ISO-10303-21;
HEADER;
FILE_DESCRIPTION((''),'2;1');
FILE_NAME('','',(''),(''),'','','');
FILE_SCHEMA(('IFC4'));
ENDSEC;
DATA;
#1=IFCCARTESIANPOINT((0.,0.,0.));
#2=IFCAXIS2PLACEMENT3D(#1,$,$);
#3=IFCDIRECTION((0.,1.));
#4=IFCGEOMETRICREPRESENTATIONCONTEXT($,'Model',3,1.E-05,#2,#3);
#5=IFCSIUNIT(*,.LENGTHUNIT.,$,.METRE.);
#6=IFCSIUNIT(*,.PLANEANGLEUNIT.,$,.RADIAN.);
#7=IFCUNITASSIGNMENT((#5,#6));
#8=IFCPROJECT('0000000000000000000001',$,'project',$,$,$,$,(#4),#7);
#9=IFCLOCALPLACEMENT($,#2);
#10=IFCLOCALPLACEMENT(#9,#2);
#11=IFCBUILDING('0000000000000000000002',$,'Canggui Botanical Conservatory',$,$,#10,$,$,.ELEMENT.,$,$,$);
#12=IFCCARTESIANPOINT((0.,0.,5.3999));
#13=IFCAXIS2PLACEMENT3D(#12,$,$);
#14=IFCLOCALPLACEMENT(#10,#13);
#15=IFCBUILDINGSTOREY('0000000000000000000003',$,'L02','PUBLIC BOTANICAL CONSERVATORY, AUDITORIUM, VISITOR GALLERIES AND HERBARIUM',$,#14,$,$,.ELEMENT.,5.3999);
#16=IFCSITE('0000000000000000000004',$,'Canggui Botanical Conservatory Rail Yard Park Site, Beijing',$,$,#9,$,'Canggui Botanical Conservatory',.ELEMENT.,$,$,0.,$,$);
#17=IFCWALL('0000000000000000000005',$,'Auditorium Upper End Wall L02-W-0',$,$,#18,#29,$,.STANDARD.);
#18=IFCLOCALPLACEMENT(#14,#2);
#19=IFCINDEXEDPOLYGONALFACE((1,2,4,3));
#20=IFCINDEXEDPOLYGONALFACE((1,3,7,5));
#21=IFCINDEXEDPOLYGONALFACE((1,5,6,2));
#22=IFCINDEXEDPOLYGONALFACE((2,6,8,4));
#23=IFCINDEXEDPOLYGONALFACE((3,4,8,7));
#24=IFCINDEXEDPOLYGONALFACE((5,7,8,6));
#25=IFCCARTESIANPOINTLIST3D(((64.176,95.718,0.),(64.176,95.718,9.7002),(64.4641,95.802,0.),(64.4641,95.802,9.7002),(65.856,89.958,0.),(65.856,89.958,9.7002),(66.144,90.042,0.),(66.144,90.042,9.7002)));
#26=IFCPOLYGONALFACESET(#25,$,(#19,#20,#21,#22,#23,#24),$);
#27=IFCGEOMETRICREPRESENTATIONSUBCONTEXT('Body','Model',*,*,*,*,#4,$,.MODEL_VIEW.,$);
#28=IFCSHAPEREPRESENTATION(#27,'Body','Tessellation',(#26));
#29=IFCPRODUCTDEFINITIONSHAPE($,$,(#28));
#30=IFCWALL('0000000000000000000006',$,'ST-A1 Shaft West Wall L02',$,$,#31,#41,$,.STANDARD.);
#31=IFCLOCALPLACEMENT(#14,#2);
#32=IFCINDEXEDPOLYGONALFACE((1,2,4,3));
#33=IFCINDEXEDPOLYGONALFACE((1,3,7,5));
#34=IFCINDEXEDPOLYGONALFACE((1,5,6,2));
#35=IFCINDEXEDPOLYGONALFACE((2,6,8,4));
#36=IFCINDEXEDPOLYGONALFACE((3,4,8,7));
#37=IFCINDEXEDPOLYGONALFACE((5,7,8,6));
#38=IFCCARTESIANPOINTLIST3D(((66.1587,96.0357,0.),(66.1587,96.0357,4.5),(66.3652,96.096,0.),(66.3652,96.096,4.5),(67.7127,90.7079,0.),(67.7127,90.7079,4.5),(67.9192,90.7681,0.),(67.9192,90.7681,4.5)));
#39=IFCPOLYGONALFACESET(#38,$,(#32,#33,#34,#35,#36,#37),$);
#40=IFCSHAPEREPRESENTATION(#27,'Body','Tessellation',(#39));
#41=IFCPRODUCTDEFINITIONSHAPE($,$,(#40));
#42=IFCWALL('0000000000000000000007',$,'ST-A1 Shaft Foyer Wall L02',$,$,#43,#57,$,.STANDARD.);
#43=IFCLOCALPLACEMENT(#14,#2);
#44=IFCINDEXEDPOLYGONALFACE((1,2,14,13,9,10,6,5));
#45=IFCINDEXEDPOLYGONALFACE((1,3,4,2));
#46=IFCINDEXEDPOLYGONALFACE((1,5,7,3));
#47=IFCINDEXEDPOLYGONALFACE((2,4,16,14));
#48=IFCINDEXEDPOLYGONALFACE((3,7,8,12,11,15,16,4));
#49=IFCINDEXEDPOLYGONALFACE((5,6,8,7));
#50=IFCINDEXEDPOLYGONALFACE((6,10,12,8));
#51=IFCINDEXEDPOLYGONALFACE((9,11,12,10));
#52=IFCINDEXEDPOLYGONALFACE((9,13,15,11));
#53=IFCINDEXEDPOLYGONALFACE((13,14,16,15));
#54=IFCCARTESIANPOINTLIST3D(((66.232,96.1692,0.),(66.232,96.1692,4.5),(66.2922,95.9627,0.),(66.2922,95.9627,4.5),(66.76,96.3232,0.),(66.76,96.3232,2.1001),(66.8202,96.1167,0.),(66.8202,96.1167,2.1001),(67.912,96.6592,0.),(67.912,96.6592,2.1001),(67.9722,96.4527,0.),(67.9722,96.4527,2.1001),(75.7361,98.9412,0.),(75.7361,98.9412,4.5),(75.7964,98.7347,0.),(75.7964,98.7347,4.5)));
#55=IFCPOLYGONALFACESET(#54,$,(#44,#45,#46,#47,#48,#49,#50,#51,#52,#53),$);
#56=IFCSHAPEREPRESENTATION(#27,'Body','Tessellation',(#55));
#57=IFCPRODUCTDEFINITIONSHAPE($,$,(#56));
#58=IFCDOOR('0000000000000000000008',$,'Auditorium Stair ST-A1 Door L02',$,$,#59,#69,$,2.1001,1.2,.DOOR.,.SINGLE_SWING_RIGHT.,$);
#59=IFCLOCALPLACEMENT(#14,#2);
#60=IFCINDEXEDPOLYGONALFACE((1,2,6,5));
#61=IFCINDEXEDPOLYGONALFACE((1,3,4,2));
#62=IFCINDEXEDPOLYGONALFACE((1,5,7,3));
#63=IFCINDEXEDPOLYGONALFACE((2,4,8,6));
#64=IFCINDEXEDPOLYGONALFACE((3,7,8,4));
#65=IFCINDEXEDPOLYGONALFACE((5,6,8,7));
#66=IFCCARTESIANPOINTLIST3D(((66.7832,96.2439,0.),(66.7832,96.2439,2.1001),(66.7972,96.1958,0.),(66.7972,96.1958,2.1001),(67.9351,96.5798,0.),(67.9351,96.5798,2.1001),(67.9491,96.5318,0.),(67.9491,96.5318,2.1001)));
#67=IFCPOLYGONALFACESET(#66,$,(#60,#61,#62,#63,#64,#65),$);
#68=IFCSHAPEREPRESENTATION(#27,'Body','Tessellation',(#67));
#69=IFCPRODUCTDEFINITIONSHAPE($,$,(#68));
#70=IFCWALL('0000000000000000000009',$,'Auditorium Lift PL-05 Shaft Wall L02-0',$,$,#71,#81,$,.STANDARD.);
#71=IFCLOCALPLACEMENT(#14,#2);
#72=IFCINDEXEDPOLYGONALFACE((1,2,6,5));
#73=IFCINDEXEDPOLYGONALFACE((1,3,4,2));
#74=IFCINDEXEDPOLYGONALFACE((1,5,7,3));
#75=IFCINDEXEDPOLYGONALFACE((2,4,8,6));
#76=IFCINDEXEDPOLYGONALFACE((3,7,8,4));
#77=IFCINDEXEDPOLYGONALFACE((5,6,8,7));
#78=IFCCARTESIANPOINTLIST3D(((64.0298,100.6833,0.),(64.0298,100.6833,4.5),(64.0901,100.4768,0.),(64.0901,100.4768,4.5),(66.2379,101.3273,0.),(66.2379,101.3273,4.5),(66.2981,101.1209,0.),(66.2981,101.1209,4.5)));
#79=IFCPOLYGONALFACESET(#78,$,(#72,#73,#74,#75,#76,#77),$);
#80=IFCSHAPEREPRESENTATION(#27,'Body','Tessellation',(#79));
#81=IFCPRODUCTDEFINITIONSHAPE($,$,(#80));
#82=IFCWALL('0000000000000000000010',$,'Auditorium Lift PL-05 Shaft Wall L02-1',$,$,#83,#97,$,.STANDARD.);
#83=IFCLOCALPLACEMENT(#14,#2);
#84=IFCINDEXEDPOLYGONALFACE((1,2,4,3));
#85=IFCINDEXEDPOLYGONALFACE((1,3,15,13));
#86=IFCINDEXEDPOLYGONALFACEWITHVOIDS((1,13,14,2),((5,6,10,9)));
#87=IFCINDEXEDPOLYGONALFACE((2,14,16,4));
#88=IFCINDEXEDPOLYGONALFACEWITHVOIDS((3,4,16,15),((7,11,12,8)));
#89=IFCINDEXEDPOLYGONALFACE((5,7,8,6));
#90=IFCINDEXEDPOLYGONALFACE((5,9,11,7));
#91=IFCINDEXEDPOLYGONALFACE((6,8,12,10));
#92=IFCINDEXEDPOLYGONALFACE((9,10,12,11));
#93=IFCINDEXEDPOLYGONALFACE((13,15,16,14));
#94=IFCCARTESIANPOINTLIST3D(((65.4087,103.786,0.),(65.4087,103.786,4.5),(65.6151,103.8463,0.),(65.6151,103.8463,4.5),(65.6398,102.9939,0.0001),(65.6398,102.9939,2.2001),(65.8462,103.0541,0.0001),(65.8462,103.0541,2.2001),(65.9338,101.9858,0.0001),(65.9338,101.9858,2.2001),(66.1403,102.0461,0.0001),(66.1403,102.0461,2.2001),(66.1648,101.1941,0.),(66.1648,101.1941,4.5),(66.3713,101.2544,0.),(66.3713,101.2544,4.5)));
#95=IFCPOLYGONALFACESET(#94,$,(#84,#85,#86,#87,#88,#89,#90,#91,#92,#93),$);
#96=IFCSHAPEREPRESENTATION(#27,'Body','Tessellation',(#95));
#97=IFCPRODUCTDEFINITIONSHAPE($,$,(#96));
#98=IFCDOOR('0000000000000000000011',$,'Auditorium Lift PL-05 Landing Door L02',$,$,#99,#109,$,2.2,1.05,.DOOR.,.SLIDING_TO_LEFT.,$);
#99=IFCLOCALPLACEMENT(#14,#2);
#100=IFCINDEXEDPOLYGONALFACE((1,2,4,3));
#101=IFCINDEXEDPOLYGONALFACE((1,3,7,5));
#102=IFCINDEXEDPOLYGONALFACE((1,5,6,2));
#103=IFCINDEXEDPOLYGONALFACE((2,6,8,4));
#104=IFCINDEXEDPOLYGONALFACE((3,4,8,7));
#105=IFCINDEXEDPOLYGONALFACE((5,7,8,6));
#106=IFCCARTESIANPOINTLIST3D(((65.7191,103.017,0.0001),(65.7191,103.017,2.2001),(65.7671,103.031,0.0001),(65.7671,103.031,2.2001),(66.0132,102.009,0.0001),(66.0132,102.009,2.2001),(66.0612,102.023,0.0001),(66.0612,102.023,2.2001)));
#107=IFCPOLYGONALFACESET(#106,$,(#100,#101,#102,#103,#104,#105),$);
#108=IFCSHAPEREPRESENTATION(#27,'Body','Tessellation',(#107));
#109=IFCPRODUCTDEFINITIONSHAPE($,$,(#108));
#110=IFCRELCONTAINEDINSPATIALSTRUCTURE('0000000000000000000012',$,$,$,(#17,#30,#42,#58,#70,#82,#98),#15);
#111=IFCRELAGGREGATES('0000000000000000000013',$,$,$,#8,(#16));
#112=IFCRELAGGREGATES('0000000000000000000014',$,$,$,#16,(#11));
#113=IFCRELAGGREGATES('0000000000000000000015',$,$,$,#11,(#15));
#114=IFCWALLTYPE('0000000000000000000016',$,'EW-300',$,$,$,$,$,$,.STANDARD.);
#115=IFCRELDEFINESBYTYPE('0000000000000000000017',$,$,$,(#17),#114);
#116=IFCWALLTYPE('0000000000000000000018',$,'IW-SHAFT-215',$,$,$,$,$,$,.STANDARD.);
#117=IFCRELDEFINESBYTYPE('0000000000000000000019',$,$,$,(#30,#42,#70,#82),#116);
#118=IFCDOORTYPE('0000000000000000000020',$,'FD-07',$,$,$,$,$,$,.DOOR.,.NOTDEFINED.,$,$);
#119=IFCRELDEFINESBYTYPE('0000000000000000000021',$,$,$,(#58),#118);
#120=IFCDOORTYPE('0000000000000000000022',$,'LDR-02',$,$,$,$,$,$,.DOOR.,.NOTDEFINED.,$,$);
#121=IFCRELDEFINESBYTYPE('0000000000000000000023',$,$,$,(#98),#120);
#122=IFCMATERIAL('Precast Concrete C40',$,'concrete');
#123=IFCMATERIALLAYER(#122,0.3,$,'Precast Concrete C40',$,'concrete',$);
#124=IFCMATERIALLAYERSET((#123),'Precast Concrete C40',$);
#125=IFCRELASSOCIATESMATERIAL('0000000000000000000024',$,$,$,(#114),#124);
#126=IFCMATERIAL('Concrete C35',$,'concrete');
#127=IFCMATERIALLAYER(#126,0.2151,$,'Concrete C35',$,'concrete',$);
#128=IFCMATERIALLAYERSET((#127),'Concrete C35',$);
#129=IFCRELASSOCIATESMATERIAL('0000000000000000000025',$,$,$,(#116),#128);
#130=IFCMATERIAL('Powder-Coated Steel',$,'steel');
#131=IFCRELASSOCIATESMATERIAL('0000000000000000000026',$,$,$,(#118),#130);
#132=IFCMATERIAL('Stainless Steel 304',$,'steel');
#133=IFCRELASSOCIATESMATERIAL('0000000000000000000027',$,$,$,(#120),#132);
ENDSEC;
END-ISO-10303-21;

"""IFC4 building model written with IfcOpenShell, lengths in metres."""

from ifc_helpers import new_model, si_unit, direction, frame, frame_2d, origin, place, context, subcontext, project, spatial, rectangle, extrude, material, layer, layer_set, type_object, element, fill, save


model = new_model("IFC4")

# Units and contexts
model_context = context("Model", 3, precision=1e-05, world=origin(), true_north=direction((0.0, 1.0)))
body_context = subcontext(model_context, "Body", "Model", "MODEL_VIEW")
ifc_project = project(units=[si_unit("LENGTHUNIT", "METRE"), si_unit("PLANEANGLEUNIT", "RADIAN")], contexts=[model_context])

# Site, building, storey
site_placement = place(None, origin())
site = spatial("IfcSite", under=ifc_project, at=site_placement, Name="Canggui Botanical Conservatory Rail Yard Park Site, Beijing", LongName="Canggui Botanical Conservatory", CompositionType="ELEMENT", RefElevation=0.0)
building_placement = place(site_placement, origin())
building = spatial("IfcBuilding", under=site, at=building_placement, Name="Canggui Botanical Conservatory", CompositionType="ELEMENT")
storey_placement = place(building_placement, frame((0.0, 0.0, 5.3999)))
storey = spatial("IfcBuildingStorey", under=building, at=storey_placement, Name="L02", Description="PUBLIC BOTANICAL CONSERVATORY, AUDITORIUM, VISITOR GALLERIES AND HERBARIUM", CompositionType="ELEMENT", Elevation=5.3999)

# Walls
ifc_material_1 = material(Name="Precast Concrete C40", Category="concrete")
ifc_layer_1 = layer(ifc_material_1, 0.3, Name="Precast Concrete C40", Category="concrete")
ifc_layer_set_1 = layer_set([ifc_layer_1], Name="Precast Concrete C40")
wall_type_1 = type_object("IfcWallType", Name="EW-300", PredefinedType="STANDARD", material=ifc_layer_set_1)
wall_1_placement = place(storey_placement, frame((66.0, 90.0, 0.0), z_axis=(0.0, 0.0, 1.0), x_axis=(-0.279989, 0.960003, 0.0)))
element("IfcWall", 1, at=wall_1_placement, inside=storey, type_object=wall_type_1, Name="Auditorium Upper End Wall L02-W-0", PredefinedType="STANDARD", context=body_context, shape_type="SweptSolid", body=[
    extrude(rectangle(XDim=6.0, YDim=0.3, at=frame_2d((3.0, 0.0))), origin(), (0.0, 0.0, 1.0), 9.7002),
])
ifc_material_2 = material(Name="Concrete C35", Category="concrete")
ifc_layer_2 = layer(ifc_material_2, 0.2151, Name="Concrete C35", Category="concrete")
ifc_layer_set_2 = layer_set([ifc_layer_2], Name="Concrete C35")
wall_type_2 = type_object("IfcWallType", Name="IW-SHAFT-215", PredefinedType="STANDARD", material=ifc_layer_set_2)
wall_2_placement = place(storey_placement, frame((67.8159, 90.738, 0.0), z_axis=(0.0, 0.0, 1.0), x_axis=(-0.279998, 0.96, 0.0)))
element("IfcWall", 2, at=wall_2_placement, inside=storey, type_object=wall_type_2, Name="ST-A1 Shaft West Wall L02", PredefinedType="STANDARD", context=body_context, shape_type="SweptSolid", body=[
    extrude(rectangle(XDim=5.5498, YDim=0.2151, at=frame_2d((2.7749, 0.0))), origin(), (0.0, 0.0, 1.0), 4.5),
])

# Wall, opening, door
wall_3_placement = place(storey_placement, frame((66.262, 96.0659, 0.0), z_axis=(0.0, 0.0, 1.0), x_axis=(0.960002, 0.279993, 0.0)))
wall_3 = element("IfcWall", 3, at=wall_3_placement, inside=storey, type_object=wall_type_2, Name="ST-A1 Shaft Foyer Wall L02", PredefinedType="STANDARD", context=body_context, shape_type="SweptSolid", body=[
    extrude(rectangle(XDim=9.9001, YDim=0.2151, at=frame_2d((4.9502, 0.0))), origin(), (0.0, 0.0, 1.0), 4.5),
])
opening_1_placement = place(wall_3_placement, frame((0.55, 0.0, 0.0)))
opening_1 = element("IfcOpeningElement", 4, at=opening_1_placement, cuts=wall_3, PredefinedType="OPENING", context=body_context, shape_type="SweptSolid", body=[
    extrude(rectangle(XDim=1.2, YDim=2.1001, at=frame_2d((0.6001, 1.05))), frame((0.0, 0.1177, 0.0), z_axis=(0.0, -1.0, 0.0), x_axis=(1.0, 0.0, 0.0)), (0.0, 0.0, 1.0), 0.2351),
])
ifc_material_3 = material(Name="Powder-Coated Steel", Category="steel")
door_type_1 = type_object("IfcDoorType", Name="FD-07", OperationType="NOTDEFINED", PredefinedType="DOOR", material=ifc_material_3)
door_1_placement = place(opening_1_placement, origin())
door_1 = element("IfcDoor", 5, at=door_1_placement, inside=storey, type_object=door_type_1, Name="Auditorium Stair ST-A1 Door L02", OperationType="SINGLE_SWING_RIGHT", OverallHeight=2.1001, OverallWidth=1.2, PredefinedType="DOOR", context=body_context, shape_type="SweptSolid", body=[
    extrude(rectangle(XDim=1.2, YDim=2.1001, at=frame_2d((0.6001, 1.05))), frame((0.0, 0.0249, 0.0), z_axis=(0.0, -1.0, 0.0), x_axis=(1.0, 0.0, 0.0)), (0.0, 0.0, 1.0), 0.05),
])
fill(opening_1, door_1)

# Wall
wall_4_placement = place(storey_placement, frame((64.0601, 100.5801, 0.0), z_axis=(0.0, 0.0, 1.0), x_axis=(0.959995, 0.280016, 0.0)))
element("IfcWall", 6, at=wall_4_placement, inside=storey, type_object=wall_type_2, Name="Auditorium Lift PL-05 Shaft Wall L02-0", PredefinedType="STANDARD", context=body_context, shape_type="SweptSolid", body=[
    extrude(rectangle(XDim=2.3, YDim=0.2151, at=frame_2d((1.1499, 0.0))), origin(), (0.0, 0.0, 1.0), 4.5),
])

# Wall, opening, door
wall_5_placement = place(storey_placement, frame((66.2681, 101.2241, 0.0), z_axis=(0.0, 0.0, 1.0), x_axis=(-0.280056, 0.959984, 0.0)))
wall_5 = element("IfcWall", 7, at=wall_5_placement, inside=storey, type_object=wall_type_2, Name="Auditorium Lift PL-05 Shaft Wall L02-1", PredefinedType="STANDARD", context=body_context, shape_type="SweptSolid", body=[
    extrude(rectangle(XDim=2.7, YDim=0.2151, at=frame_2d((1.3501, 0.0))), origin(), (0.0, 0.0, 1.0), 4.5),
])
opening_2_placement = place(wall_5_placement, frame((0.825, 0.0, 0.0)))
opening_2 = element("IfcOpeningElement", 8, at=opening_2_placement, cuts=wall_5, PredefinedType="OPENING", context=body_context, shape_type="SweptSolid", body=[
    extrude(rectangle(XDim=1.05, YDim=2.2, at=frame_2d((0.5249, 1.1001))), frame((0.0, 0.1177, 0.0), z_axis=(0.0, -1.0, 0.0), x_axis=(1.0, 0.0, 0.0)), (0.0, 0.0, 1.0), 0.2351),
])
ifc_material_4 = material(Name="Stainless Steel 304", Category="steel")
door_type_2 = type_object("IfcDoorType", Name="LDR-02", OperationType="NOTDEFINED", PredefinedType="DOOR", material=ifc_material_4)
door_2_placement = place(opening_2_placement, origin())
door_2 = element("IfcDoor", 9, at=door_2_placement, inside=storey, type_object=door_type_2, Name="Auditorium Lift PL-05 Landing Door L02", OperationType="SLIDING_TO_LEFT", OverallHeight=2.2, OverallWidth=1.05, PredefinedType="DOOR", context=body_context, shape_type="SweptSolid", body=[
    extrude(rectangle(XDim=1.05, YDim=2.2, at=frame_2d((0.5249, 1.1001))), frame((0.0, 0.0249, 0.0), z_axis=(0.0, -1.0, 0.0), x_axis=(1.0, 0.0, 0.0)), (0.0, 0.0, 1.0), 0.05),
])
fill(opening_2, door_2)

save(model, "model.ifc")
